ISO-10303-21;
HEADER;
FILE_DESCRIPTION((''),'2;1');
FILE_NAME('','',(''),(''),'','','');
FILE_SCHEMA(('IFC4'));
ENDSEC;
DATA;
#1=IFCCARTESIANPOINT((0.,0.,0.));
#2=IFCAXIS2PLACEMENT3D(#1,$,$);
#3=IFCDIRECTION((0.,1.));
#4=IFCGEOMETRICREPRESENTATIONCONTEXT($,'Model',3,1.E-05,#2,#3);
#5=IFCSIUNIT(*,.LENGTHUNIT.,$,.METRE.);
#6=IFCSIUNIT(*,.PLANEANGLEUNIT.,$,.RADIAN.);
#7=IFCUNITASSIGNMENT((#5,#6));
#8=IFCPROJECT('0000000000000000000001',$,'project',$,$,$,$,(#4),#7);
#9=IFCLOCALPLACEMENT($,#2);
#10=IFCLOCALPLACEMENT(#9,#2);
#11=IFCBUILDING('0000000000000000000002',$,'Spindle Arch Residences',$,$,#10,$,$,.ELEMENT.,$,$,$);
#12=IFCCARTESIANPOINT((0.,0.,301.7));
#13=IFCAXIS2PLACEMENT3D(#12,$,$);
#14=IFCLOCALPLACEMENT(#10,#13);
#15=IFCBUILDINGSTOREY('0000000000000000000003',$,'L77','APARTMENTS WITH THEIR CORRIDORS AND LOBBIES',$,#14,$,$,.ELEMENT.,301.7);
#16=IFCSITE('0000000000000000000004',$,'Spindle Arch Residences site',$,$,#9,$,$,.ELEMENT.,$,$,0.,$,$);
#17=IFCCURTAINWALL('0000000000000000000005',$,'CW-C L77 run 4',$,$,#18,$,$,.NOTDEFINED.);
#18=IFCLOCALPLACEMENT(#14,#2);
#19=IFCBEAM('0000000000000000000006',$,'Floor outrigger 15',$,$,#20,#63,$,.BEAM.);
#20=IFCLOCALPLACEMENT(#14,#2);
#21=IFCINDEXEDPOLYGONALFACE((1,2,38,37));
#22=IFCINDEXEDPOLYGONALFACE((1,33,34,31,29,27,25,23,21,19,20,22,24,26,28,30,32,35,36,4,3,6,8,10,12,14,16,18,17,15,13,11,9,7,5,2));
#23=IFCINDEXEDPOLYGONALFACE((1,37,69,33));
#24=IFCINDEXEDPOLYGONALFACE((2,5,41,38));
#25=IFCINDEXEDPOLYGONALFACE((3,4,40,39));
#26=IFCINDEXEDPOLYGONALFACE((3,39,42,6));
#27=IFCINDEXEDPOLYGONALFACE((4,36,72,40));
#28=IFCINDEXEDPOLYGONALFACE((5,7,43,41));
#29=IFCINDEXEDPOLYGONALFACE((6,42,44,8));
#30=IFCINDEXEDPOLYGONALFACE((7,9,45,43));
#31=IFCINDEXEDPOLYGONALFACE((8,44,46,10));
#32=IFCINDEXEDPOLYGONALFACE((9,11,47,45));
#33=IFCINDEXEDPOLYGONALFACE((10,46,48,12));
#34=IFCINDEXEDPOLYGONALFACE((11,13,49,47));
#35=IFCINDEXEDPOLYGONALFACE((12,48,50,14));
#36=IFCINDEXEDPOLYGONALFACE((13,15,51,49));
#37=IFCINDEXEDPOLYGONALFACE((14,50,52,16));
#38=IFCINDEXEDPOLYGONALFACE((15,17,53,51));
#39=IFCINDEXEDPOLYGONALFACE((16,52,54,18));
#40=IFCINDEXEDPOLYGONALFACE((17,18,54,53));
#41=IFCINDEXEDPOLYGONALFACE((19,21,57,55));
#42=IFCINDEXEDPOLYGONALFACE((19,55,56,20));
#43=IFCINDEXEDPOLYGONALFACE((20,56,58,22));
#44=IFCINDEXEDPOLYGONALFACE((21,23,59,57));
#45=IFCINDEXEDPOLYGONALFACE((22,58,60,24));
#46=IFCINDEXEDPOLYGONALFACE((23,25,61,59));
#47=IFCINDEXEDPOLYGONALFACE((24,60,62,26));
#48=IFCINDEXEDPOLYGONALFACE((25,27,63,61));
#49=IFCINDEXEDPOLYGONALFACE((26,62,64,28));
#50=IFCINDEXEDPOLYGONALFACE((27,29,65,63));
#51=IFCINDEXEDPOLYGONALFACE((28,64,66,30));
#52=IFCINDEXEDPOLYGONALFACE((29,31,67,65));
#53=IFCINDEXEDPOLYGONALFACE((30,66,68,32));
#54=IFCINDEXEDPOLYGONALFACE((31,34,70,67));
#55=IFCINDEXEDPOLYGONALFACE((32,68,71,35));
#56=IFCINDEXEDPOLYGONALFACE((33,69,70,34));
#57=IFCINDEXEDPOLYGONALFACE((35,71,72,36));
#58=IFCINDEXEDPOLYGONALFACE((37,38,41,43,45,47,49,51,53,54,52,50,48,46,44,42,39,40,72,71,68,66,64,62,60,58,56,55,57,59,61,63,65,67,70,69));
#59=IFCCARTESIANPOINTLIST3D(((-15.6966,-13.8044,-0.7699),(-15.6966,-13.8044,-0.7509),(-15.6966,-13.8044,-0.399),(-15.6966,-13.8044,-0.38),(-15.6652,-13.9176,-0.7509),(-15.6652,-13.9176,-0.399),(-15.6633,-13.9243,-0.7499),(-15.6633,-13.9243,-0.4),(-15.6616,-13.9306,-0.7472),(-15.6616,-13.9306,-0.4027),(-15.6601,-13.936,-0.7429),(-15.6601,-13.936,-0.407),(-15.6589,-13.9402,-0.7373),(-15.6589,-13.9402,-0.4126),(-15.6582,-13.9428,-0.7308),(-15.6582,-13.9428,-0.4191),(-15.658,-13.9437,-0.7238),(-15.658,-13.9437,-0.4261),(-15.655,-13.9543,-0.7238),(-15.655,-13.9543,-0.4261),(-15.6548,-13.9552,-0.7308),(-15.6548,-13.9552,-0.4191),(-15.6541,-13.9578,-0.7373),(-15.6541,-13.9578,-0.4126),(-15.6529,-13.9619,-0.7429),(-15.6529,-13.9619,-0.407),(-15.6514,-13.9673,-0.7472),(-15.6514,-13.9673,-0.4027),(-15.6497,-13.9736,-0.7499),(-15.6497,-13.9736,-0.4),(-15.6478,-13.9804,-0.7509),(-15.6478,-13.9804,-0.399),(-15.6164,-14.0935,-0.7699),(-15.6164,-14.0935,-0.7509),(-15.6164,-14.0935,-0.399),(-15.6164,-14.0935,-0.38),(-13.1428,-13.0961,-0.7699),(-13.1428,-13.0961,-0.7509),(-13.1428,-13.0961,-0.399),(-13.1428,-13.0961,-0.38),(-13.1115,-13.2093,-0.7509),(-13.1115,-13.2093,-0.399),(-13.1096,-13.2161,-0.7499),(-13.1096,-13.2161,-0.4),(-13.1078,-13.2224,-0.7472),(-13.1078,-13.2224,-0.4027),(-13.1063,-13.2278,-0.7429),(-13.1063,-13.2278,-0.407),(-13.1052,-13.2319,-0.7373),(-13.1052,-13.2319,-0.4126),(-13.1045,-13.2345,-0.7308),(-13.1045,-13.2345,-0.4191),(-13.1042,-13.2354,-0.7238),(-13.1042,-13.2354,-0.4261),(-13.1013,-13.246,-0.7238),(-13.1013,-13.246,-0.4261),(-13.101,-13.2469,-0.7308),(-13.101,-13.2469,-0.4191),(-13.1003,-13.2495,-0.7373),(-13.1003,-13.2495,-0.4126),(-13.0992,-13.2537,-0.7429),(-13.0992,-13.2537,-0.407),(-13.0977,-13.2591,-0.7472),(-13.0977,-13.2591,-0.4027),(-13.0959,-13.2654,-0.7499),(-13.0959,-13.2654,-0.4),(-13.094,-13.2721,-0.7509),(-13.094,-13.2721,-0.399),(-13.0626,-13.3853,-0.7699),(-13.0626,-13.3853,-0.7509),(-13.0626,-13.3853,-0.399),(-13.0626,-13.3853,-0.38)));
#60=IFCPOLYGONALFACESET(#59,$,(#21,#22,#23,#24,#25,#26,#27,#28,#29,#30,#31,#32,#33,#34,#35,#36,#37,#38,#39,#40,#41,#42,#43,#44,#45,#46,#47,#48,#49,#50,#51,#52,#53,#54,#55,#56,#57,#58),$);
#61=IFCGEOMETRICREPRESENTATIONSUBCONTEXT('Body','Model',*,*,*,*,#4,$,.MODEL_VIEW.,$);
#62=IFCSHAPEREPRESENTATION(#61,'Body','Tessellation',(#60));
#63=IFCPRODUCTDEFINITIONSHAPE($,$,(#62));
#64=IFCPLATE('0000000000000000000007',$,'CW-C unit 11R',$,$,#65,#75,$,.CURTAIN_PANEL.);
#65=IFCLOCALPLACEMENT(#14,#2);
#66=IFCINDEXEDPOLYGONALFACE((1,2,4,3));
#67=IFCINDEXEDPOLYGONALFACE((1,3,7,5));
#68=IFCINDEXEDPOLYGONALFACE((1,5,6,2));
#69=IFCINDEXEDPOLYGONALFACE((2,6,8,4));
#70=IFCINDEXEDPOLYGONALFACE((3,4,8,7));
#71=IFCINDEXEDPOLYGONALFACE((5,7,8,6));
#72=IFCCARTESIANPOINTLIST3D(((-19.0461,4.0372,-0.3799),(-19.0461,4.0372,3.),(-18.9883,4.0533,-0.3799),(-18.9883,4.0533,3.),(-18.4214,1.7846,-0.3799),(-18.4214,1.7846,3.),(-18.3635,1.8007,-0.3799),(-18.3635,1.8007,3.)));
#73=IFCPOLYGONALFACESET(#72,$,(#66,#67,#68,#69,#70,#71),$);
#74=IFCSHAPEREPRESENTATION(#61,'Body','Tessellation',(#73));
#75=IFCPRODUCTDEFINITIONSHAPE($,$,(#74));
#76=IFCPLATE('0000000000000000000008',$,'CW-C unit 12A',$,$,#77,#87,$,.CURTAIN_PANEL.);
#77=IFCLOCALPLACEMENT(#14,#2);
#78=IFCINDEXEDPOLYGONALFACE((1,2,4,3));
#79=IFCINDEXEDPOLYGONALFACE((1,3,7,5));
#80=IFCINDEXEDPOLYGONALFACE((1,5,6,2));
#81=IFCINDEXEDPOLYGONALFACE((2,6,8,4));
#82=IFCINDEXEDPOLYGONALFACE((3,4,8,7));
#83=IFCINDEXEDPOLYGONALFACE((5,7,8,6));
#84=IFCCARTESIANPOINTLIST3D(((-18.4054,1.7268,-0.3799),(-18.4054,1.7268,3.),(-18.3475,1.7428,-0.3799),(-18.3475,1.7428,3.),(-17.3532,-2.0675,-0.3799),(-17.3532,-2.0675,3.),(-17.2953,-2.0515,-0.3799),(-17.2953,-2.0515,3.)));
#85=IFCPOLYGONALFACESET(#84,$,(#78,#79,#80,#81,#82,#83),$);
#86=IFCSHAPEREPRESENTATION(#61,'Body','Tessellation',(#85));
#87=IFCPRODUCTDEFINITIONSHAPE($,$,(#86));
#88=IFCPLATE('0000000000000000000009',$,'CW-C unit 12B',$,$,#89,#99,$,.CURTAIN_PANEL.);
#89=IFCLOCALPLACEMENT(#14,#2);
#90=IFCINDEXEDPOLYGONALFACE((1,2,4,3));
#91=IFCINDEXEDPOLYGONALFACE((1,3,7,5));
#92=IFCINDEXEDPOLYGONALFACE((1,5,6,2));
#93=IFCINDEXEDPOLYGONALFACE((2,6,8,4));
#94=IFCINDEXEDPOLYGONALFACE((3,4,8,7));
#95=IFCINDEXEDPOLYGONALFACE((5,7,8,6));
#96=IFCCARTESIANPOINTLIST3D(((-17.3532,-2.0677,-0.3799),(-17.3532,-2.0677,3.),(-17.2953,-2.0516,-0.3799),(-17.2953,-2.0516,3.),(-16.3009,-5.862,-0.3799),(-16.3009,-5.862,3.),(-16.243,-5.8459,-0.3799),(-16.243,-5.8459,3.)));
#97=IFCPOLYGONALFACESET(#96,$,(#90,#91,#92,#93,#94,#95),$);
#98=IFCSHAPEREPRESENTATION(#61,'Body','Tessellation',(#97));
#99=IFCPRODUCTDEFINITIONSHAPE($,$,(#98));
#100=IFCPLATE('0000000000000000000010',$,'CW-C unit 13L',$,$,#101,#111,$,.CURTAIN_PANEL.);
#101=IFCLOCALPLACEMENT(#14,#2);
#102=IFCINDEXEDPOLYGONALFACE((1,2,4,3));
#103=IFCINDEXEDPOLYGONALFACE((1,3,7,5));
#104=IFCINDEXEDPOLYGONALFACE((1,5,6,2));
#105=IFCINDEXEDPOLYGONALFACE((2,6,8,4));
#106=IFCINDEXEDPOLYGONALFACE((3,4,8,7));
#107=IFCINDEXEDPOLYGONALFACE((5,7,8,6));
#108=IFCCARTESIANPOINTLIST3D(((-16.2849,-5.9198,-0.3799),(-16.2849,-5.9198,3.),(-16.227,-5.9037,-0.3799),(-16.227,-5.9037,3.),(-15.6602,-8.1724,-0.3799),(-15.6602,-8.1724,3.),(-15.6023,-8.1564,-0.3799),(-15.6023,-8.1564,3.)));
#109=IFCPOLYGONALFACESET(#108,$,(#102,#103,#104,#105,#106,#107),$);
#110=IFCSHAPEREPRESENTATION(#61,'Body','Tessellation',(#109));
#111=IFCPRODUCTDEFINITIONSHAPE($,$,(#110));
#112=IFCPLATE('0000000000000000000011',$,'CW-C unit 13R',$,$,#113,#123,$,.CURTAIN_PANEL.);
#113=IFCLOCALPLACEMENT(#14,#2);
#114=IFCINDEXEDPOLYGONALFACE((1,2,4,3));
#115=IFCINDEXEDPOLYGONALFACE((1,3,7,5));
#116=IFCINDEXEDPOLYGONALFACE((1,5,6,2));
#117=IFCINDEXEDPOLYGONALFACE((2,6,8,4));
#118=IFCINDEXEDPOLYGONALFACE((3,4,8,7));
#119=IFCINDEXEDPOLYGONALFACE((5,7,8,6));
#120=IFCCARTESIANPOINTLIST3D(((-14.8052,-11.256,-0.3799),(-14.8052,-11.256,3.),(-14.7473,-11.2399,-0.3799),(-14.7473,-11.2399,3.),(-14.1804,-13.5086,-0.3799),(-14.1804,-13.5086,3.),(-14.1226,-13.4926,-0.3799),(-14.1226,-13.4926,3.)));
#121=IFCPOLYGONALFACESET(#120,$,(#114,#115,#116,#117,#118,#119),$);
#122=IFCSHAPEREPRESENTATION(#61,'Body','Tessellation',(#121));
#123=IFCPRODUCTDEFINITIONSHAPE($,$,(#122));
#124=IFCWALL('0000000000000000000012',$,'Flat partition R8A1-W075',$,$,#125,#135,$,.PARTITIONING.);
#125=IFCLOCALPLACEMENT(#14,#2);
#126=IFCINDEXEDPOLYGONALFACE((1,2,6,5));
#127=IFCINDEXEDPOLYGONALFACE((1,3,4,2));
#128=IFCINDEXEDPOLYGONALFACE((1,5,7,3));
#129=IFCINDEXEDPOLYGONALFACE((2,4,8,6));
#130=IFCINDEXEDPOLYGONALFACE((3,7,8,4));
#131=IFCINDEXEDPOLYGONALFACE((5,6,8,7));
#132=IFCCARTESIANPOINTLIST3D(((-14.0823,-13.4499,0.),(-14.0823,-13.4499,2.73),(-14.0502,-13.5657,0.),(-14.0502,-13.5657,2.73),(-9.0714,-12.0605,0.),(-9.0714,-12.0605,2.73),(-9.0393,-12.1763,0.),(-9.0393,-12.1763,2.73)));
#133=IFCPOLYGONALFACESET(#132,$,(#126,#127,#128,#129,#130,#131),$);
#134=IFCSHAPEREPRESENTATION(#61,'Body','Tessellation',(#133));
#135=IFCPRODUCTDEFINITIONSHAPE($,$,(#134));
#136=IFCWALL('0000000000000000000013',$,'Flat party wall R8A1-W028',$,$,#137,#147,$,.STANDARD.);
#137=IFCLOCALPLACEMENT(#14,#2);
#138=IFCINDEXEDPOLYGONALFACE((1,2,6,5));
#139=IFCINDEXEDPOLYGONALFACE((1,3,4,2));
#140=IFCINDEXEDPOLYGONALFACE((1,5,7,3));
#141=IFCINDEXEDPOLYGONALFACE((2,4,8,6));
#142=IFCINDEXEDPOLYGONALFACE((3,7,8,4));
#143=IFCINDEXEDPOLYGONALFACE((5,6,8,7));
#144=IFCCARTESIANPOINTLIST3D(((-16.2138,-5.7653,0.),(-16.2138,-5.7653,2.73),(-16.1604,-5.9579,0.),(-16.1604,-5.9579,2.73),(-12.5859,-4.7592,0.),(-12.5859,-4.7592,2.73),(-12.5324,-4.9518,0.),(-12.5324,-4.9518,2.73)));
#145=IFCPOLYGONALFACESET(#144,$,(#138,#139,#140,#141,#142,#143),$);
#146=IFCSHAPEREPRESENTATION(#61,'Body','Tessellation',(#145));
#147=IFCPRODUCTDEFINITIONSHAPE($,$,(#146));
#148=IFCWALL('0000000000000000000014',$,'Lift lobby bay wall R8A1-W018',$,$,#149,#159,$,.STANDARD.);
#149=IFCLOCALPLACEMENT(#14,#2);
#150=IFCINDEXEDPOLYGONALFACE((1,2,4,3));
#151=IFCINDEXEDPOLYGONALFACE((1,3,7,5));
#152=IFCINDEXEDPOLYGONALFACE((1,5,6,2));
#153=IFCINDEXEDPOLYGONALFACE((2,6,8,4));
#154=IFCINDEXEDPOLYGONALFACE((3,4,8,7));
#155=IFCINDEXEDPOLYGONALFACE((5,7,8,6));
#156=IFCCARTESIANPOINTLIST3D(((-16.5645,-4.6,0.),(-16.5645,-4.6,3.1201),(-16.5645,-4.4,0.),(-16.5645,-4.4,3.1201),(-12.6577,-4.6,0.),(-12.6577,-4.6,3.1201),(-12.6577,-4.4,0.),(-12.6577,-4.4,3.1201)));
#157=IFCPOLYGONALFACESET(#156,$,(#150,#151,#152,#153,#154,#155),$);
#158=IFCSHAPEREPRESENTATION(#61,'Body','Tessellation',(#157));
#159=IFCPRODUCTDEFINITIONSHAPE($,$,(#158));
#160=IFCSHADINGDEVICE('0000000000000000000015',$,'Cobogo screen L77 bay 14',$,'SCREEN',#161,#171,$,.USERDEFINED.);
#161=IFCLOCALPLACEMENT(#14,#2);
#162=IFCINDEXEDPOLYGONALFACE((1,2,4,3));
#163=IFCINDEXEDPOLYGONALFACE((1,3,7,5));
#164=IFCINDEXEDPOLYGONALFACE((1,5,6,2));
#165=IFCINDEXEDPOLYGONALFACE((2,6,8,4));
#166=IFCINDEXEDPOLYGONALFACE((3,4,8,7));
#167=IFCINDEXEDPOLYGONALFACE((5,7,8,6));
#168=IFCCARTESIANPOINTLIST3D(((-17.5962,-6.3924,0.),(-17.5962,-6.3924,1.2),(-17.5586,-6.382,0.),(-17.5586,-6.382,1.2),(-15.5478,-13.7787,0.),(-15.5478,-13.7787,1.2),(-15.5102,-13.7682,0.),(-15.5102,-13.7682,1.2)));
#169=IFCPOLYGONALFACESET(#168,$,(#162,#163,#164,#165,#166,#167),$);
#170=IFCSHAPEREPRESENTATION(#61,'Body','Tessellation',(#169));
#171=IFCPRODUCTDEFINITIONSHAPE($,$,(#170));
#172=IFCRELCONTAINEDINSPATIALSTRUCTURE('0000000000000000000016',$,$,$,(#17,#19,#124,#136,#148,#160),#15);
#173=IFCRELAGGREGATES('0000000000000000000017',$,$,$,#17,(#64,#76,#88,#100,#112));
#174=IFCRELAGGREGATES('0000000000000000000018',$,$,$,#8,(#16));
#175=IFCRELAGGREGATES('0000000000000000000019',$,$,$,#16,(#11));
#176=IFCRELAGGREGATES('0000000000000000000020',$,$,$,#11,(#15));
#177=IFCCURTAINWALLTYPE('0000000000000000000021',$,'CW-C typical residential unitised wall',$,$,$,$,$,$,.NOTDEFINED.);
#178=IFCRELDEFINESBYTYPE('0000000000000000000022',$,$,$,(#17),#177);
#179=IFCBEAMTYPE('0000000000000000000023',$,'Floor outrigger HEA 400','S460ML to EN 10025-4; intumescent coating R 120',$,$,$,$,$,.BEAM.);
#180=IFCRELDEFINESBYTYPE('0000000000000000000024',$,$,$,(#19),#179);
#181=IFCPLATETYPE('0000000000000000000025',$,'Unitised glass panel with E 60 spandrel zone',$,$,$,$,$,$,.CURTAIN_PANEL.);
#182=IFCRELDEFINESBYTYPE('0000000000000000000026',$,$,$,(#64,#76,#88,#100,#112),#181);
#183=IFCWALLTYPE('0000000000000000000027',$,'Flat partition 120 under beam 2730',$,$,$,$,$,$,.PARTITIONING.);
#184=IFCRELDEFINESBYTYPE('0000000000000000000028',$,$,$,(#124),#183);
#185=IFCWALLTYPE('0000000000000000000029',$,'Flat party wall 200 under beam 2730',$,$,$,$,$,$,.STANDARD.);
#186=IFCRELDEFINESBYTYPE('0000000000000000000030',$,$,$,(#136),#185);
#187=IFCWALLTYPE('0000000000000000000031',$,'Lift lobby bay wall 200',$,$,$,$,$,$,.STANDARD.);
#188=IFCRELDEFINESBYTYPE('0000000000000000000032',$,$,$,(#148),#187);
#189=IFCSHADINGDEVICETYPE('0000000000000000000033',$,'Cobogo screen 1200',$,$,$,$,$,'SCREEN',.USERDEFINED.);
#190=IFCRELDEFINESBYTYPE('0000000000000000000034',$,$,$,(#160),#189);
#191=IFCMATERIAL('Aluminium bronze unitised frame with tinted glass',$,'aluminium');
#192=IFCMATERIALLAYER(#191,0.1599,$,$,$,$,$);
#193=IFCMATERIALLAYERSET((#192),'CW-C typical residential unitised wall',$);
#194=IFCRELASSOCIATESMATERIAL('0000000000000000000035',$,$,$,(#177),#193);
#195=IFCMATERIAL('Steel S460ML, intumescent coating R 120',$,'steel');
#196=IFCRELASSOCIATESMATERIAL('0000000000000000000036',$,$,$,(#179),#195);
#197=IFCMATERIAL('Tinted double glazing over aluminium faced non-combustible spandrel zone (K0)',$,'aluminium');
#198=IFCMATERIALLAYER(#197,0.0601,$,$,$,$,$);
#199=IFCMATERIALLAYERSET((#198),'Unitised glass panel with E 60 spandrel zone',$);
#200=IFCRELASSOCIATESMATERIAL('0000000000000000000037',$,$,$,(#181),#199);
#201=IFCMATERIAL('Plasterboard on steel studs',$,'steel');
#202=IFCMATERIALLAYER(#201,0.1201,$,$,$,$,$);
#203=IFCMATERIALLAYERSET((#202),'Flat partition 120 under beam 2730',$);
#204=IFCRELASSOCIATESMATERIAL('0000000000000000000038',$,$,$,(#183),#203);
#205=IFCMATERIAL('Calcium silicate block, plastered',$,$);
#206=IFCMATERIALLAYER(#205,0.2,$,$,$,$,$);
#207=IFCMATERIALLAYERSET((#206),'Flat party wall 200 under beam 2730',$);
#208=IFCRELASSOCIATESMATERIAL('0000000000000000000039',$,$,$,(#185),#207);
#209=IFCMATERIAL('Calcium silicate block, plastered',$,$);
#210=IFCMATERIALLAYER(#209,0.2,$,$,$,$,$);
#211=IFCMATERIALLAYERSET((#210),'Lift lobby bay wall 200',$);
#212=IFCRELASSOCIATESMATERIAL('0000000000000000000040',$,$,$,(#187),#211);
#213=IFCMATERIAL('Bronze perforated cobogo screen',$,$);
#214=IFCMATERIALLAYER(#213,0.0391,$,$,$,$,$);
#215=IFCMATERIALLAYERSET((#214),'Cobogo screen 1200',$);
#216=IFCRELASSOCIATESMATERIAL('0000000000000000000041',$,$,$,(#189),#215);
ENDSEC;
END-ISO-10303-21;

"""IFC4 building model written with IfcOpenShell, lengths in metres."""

from ifc_helpers import new_model, si_unit, direction, frame, frame_2d, origin, origin_2d, place, context, subcontext, project, spatial, rectangle, i_section, extrude, material, layer, layer_set, material_profile, profile_set, type_object, element, aggregate, save


model = new_model("IFC4")

# Units and contexts
model_context = context("Model", 3, precision=1e-05, world=origin(), true_north=direction((0.0, 1.0)))
body_context = subcontext(model_context, "Body", "Model", "MODEL_VIEW")
ifc_project = project(units=[si_unit("LENGTHUNIT", "METRE"), si_unit("PLANEANGLEUNIT", "RADIAN")], contexts=[model_context])

# Site, building, storey
site_placement = place(None, origin())
site = spatial("IfcSite", under=ifc_project, at=site_placement, Name="Spindle Arch Residences site", CompositionType="ELEMENT", RefElevation=0.0)
building_placement = place(site_placement, origin())
building = spatial("IfcBuilding", under=site, at=building_placement, Name="Spindle Arch Residences", CompositionType="ELEMENT")
storey_placement = place(building_placement, frame((0.0, 0.0, 301.7)))
storey = spatial("IfcBuildingStorey", under=building, at=storey_placement, Name="L77", Description="APARTMENTS WITH THEIR CORRIDORS AND LOBBIES", CompositionType="ELEMENT", Elevation=301.7)

# Curtain wall
ifc_material_1 = material(Name="Aluminium bronze unitised frame with tinted glass", Category="aluminium")
ifc_layer_1 = layer(ifc_material_1, 0.1599)
ifc_layer_set_1 = layer_set([ifc_layer_1], Name="CW-C typical residential unitised wall")
curtain_wall_type_1 = type_object("IfcCurtainWallType", Name="CW-C typical residential unitised wall", PredefinedType="NOTDEFINED", material=ifc_layer_set_1)
curtain_wall_1_placement = place(storey_placement, origin())
curtain_wall_1 = element("IfcCurtainWall", 1, at=curtain_wall_1_placement, inside=storey, type_object=curtain_wall_type_1, Name="CW-C L77 run 4", PredefinedType="NOTDEFINED")

# Beam
ifc_material_2 = material(Name="Steel S460ML, intumescent coating R 120", Category="steel")
ifc_material_profile_1 = material_profile(ifc_material_2, i_section(OverallWidth=0.3, OverallDepth=0.3899, WebThickness=0.011, FlangeThickness=0.019, FilletRadius=0.0271, at=origin_2d()), Name="HEA 400")
ifc_profile_set_1 = profile_set([ifc_material_profile_1], Name="Steel S460ML, intumescent coating R 120")
beam_type_1 = type_object("IfcBeamType", Name="Floor outrigger HEA 400", Description="S460ML to EN 10025-4; intumescent coating R 120", PredefinedType="BEAM", material=ifc_profile_set_1)
for number, where, z_axis, x_axis, name in (
    (2, (-15.6565, -13.949, -0.575), (0.963626, 0.267254, 0.0), (-0.267254, 0.963626, 0.0), "Floor outrigger 15"),
):
    element("IfcBeam", number, at=place(storey_placement, frame(where, z_axis=z_axis, x_axis=x_axis)), inside=storey, type_object=beam_type_1, Name=name, PredefinedType="BEAM", context=body_context, shape_type="SweptSolid", body=[
        extrude(i_section(OverallWidth=0.3, OverallDepth=0.3899, WebThickness=0.011, FlangeThickness=0.019, FilletRadius=0.0271, at=origin_2d()), origin(), (0.0, 0.0, 1.0), 2.6501),
    ])

# Plates
ifc_material_3 = material(Name="Tinted double glazing over aluminium faced non-combustible spandrel zone (K0)", Category="aluminium")
ifc_layer_2 = layer(ifc_material_3, 0.0601)
ifc_layer_set_2 = layer_set([ifc_layer_2], Name="Unitised glass panel with E 60 spandrel zone")
plate_type = type_object("IfcPlateType", Name="Unitised glass panel with E 60 spandrel zone", PredefinedType="CURTAIN_PANEL", material=ifc_layer_set_2)
plate_1_placement = place(storey_placement, frame((-18.7048, 2.9189, -0.3799), z_axis=(0.0, 0.0, 1.0), x_axis=(0.267238, -0.96363, 0.0)))
plate_1 = element("IfcPlate", 3, at=plate_1_placement, type_object=plate_type, Name="CW-C unit 11R", PredefinedType="CURTAIN_PANEL", context=body_context, shape_type="SweptSolid", body=[
    extrude(rectangle(XDim=2.3376, YDim=0.0601, at=origin_2d()), origin(), (0.0, 0.0, 1.0), 3.3799),
])
plate_2_placement = place(storey_placement, frame((-17.8503, -0.1624, -0.3799), z_axis=(0.0, 0.0, 1.0), x_axis=(0.267238, -0.96363, 0.0)))
plate_2 = element("IfcPlate", 4, at=plate_2_placement, type_object=plate_type, Name="CW-C unit 12A", PredefinedType="CURTAIN_PANEL", context=body_context, shape_type="SweptSolid", body=[
    extrude(rectangle(XDim=3.9375, YDim=0.0601, at=origin_2d()), origin(), (0.0, 0.0, 1.0), 3.3799),
])
plate_3_placement = place(storey_placement, frame((-16.7981, -3.9568, -0.3799), z_axis=(0.0, 0.0, 1.0), x_axis=(0.267238, -0.96363, 0.0)))
plate_3 = element("IfcPlate", 5, at=plate_3_placement, type_object=plate_type, Name="CW-C unit 12B", PredefinedType="CURTAIN_PANEL", context=body_context, shape_type="SweptSolid", body=[
    extrude(rectangle(XDim=3.9375, YDim=0.0601, at=origin_2d()), origin(), (0.0, 0.0, 1.0), 3.3799),
])
plate_4_placement = place(storey_placement, frame((-15.9436, -7.0381, -0.3799), z_axis=(0.0, 0.0, 1.0), x_axis=(0.267238, -0.96363, 0.0)))
plate_4 = element("IfcPlate", 6, at=plate_4_placement, type_object=plate_type, Name="CW-C unit 13L", PredefinedType="CURTAIN_PANEL", context=body_context, shape_type="SweptSolid", body=[
    extrude(rectangle(XDim=2.3376, YDim=0.0601, at=origin_2d()), origin(), (0.0, 0.0, 1.0), 3.3799),
])
plate_5_placement = place(storey_placement, frame((-14.4639, -12.3743, -0.3799), z_axis=(0.0, 0.0, 1.0), x_axis=(0.267238, -0.96363, 0.0)))
plate_5 = element("IfcPlate", 7, at=plate_5_placement, type_object=plate_type, Name="CW-C unit 13R", PredefinedType="CURTAIN_PANEL", context=body_context, shape_type="SweptSolid", body=[
    extrude(rectangle(XDim=2.3376, YDim=0.0601, at=origin_2d()), origin(), (0.0, 0.0, 1.0), 3.3799),
])
aggregate(curtain_wall_1, [plate_1, plate_2, plate_3, plate_4, plate_5])

# Walls
ifc_material_4 = material(Name="Plasterboard on steel studs", Category="steel")
ifc_layer_3 = layer(ifc_material_4, 0.1201)
ifc_layer_set_3 = layer_set([ifc_layer_3], Name="Flat partition 120 under beam 2730")
wall_type_1 = type_object("IfcWallType", Name="Flat partition 120 under beam 2730", PredefinedType="PARTITIONING", material=ifc_layer_set_3)
wall_1_placement = place(storey_placement, frame((-14.0664, -13.5078, 0.0), z_axis=(0.0, 0.0, 1.0), x_axis=(0.963644, 0.267191, 0.0)))
element("IfcWall", 8, at=wall_1_placement, inside=storey, type_object=wall_type_1, Name="Flat partition R8A1-W075", PredefinedType="PARTITIONING", context=body_context, shape_type="SweptSolid", body=[
    extrude(rectangle(XDim=5.2, YDim=0.1201, at=frame_2d((2.6001, 0.0))), origin(), (0.0, 0.0, 1.0), 2.73),
])
ifc_material_5 = material(Name="Calcium silicate block, plastered")
ifc_layer_4 = layer(ifc_material_5, 0.2)
ifc_layer_set_4 = layer_set([ifc_layer_4], Name="Flat party wall 200 under beam 2730")
wall_type_2 = type_object("IfcWallType", Name="Flat party wall 200 under beam 2730", PredefinedType="STANDARD", material=ifc_layer_set_4)
wall_2_placement = place(storey_placement, frame((-16.187, -5.8616, 0.0), z_axis=(0.0, 0.0, 1.0), x_axis=(0.963631, 0.267236, 0.0)))
element("IfcWall", 9, at=wall_2_placement, inside=storey, type_object=wall_type_2, Name="Flat party wall R8A1-W028", PredefinedType="STANDARD", context=body_context, shape_type="SweptSolid", body=[
    extrude(rectangle(XDim=3.7649, YDim=0.2, at=frame_2d((1.8823, 0.0))), origin(), (0.0, 0.0, 1.0), 2.73),
])

# Wall
ifc_material_6 = material(Name="Calcium silicate block, plastered")
ifc_layer_5 = layer(ifc_material_6, 0.2)
ifc_layer_set_5 = layer_set([ifc_layer_5], Name="Lift lobby bay wall 200")
wall_type_3 = type_object("IfcWallType", Name="Lift lobby bay wall 200", PredefinedType="STANDARD", material=ifc_layer_set_5)
wall_3_placement = place(storey_placement, frame((-16.5645, -4.5, 0.0), z_axis=(0.0, 0.0, 1.0), x_axis=(1.0, 0.0, 0.0)))
element("IfcWall", 10, at=wall_3_placement, inside=storey, type_object=wall_type_3, Name="Lift lobby bay wall R8A1-W018", PredefinedType="STANDARD", context=body_context, shape_type="SweptSolid", body=[
    extrude(rectangle(XDim=3.9067, YDim=0.2, at=frame_2d((1.9534, 0.0))), origin(), (0.0, 0.0, 1.0), 3.1201),
])

# Shading device
ifc_material_7 = material(Name="Bronze perforated cobogo screen")
ifc_layer_6 = layer(ifc_material_7, 0.0391)
ifc_layer_set_6 = layer_set([ifc_layer_6], Name="Cobogo screen 1200")
shading_device_type = type_object("IfcShadingDeviceType", Name="Cobogo screen 1200", ElementType="SCREEN", PredefinedType="USERDEFINED", material=ifc_layer_set_6)
shading_device_placement = place(storey_placement, frame((-16.5532, -10.0803, 0.0), z_axis=(0.0, 0.0, 1.0), x_axis=(0.267238, -0.96363, 0.0)))
element("IfcShadingDevice", 11, at=shading_device_placement, inside=storey, type_object=shading_device_type, Name="Cobogo screen L77 bay 14", ObjectType="SCREEN", PredefinedType="USERDEFINED", context=body_context, shape_type="SweptSolid", body=[
    extrude(rectangle(XDim=7.665, YDim=0.0391, at=origin_2d()), origin(), (0.0, 0.0, 1.0), 1.2),
])

save(model, "model.ifc")
